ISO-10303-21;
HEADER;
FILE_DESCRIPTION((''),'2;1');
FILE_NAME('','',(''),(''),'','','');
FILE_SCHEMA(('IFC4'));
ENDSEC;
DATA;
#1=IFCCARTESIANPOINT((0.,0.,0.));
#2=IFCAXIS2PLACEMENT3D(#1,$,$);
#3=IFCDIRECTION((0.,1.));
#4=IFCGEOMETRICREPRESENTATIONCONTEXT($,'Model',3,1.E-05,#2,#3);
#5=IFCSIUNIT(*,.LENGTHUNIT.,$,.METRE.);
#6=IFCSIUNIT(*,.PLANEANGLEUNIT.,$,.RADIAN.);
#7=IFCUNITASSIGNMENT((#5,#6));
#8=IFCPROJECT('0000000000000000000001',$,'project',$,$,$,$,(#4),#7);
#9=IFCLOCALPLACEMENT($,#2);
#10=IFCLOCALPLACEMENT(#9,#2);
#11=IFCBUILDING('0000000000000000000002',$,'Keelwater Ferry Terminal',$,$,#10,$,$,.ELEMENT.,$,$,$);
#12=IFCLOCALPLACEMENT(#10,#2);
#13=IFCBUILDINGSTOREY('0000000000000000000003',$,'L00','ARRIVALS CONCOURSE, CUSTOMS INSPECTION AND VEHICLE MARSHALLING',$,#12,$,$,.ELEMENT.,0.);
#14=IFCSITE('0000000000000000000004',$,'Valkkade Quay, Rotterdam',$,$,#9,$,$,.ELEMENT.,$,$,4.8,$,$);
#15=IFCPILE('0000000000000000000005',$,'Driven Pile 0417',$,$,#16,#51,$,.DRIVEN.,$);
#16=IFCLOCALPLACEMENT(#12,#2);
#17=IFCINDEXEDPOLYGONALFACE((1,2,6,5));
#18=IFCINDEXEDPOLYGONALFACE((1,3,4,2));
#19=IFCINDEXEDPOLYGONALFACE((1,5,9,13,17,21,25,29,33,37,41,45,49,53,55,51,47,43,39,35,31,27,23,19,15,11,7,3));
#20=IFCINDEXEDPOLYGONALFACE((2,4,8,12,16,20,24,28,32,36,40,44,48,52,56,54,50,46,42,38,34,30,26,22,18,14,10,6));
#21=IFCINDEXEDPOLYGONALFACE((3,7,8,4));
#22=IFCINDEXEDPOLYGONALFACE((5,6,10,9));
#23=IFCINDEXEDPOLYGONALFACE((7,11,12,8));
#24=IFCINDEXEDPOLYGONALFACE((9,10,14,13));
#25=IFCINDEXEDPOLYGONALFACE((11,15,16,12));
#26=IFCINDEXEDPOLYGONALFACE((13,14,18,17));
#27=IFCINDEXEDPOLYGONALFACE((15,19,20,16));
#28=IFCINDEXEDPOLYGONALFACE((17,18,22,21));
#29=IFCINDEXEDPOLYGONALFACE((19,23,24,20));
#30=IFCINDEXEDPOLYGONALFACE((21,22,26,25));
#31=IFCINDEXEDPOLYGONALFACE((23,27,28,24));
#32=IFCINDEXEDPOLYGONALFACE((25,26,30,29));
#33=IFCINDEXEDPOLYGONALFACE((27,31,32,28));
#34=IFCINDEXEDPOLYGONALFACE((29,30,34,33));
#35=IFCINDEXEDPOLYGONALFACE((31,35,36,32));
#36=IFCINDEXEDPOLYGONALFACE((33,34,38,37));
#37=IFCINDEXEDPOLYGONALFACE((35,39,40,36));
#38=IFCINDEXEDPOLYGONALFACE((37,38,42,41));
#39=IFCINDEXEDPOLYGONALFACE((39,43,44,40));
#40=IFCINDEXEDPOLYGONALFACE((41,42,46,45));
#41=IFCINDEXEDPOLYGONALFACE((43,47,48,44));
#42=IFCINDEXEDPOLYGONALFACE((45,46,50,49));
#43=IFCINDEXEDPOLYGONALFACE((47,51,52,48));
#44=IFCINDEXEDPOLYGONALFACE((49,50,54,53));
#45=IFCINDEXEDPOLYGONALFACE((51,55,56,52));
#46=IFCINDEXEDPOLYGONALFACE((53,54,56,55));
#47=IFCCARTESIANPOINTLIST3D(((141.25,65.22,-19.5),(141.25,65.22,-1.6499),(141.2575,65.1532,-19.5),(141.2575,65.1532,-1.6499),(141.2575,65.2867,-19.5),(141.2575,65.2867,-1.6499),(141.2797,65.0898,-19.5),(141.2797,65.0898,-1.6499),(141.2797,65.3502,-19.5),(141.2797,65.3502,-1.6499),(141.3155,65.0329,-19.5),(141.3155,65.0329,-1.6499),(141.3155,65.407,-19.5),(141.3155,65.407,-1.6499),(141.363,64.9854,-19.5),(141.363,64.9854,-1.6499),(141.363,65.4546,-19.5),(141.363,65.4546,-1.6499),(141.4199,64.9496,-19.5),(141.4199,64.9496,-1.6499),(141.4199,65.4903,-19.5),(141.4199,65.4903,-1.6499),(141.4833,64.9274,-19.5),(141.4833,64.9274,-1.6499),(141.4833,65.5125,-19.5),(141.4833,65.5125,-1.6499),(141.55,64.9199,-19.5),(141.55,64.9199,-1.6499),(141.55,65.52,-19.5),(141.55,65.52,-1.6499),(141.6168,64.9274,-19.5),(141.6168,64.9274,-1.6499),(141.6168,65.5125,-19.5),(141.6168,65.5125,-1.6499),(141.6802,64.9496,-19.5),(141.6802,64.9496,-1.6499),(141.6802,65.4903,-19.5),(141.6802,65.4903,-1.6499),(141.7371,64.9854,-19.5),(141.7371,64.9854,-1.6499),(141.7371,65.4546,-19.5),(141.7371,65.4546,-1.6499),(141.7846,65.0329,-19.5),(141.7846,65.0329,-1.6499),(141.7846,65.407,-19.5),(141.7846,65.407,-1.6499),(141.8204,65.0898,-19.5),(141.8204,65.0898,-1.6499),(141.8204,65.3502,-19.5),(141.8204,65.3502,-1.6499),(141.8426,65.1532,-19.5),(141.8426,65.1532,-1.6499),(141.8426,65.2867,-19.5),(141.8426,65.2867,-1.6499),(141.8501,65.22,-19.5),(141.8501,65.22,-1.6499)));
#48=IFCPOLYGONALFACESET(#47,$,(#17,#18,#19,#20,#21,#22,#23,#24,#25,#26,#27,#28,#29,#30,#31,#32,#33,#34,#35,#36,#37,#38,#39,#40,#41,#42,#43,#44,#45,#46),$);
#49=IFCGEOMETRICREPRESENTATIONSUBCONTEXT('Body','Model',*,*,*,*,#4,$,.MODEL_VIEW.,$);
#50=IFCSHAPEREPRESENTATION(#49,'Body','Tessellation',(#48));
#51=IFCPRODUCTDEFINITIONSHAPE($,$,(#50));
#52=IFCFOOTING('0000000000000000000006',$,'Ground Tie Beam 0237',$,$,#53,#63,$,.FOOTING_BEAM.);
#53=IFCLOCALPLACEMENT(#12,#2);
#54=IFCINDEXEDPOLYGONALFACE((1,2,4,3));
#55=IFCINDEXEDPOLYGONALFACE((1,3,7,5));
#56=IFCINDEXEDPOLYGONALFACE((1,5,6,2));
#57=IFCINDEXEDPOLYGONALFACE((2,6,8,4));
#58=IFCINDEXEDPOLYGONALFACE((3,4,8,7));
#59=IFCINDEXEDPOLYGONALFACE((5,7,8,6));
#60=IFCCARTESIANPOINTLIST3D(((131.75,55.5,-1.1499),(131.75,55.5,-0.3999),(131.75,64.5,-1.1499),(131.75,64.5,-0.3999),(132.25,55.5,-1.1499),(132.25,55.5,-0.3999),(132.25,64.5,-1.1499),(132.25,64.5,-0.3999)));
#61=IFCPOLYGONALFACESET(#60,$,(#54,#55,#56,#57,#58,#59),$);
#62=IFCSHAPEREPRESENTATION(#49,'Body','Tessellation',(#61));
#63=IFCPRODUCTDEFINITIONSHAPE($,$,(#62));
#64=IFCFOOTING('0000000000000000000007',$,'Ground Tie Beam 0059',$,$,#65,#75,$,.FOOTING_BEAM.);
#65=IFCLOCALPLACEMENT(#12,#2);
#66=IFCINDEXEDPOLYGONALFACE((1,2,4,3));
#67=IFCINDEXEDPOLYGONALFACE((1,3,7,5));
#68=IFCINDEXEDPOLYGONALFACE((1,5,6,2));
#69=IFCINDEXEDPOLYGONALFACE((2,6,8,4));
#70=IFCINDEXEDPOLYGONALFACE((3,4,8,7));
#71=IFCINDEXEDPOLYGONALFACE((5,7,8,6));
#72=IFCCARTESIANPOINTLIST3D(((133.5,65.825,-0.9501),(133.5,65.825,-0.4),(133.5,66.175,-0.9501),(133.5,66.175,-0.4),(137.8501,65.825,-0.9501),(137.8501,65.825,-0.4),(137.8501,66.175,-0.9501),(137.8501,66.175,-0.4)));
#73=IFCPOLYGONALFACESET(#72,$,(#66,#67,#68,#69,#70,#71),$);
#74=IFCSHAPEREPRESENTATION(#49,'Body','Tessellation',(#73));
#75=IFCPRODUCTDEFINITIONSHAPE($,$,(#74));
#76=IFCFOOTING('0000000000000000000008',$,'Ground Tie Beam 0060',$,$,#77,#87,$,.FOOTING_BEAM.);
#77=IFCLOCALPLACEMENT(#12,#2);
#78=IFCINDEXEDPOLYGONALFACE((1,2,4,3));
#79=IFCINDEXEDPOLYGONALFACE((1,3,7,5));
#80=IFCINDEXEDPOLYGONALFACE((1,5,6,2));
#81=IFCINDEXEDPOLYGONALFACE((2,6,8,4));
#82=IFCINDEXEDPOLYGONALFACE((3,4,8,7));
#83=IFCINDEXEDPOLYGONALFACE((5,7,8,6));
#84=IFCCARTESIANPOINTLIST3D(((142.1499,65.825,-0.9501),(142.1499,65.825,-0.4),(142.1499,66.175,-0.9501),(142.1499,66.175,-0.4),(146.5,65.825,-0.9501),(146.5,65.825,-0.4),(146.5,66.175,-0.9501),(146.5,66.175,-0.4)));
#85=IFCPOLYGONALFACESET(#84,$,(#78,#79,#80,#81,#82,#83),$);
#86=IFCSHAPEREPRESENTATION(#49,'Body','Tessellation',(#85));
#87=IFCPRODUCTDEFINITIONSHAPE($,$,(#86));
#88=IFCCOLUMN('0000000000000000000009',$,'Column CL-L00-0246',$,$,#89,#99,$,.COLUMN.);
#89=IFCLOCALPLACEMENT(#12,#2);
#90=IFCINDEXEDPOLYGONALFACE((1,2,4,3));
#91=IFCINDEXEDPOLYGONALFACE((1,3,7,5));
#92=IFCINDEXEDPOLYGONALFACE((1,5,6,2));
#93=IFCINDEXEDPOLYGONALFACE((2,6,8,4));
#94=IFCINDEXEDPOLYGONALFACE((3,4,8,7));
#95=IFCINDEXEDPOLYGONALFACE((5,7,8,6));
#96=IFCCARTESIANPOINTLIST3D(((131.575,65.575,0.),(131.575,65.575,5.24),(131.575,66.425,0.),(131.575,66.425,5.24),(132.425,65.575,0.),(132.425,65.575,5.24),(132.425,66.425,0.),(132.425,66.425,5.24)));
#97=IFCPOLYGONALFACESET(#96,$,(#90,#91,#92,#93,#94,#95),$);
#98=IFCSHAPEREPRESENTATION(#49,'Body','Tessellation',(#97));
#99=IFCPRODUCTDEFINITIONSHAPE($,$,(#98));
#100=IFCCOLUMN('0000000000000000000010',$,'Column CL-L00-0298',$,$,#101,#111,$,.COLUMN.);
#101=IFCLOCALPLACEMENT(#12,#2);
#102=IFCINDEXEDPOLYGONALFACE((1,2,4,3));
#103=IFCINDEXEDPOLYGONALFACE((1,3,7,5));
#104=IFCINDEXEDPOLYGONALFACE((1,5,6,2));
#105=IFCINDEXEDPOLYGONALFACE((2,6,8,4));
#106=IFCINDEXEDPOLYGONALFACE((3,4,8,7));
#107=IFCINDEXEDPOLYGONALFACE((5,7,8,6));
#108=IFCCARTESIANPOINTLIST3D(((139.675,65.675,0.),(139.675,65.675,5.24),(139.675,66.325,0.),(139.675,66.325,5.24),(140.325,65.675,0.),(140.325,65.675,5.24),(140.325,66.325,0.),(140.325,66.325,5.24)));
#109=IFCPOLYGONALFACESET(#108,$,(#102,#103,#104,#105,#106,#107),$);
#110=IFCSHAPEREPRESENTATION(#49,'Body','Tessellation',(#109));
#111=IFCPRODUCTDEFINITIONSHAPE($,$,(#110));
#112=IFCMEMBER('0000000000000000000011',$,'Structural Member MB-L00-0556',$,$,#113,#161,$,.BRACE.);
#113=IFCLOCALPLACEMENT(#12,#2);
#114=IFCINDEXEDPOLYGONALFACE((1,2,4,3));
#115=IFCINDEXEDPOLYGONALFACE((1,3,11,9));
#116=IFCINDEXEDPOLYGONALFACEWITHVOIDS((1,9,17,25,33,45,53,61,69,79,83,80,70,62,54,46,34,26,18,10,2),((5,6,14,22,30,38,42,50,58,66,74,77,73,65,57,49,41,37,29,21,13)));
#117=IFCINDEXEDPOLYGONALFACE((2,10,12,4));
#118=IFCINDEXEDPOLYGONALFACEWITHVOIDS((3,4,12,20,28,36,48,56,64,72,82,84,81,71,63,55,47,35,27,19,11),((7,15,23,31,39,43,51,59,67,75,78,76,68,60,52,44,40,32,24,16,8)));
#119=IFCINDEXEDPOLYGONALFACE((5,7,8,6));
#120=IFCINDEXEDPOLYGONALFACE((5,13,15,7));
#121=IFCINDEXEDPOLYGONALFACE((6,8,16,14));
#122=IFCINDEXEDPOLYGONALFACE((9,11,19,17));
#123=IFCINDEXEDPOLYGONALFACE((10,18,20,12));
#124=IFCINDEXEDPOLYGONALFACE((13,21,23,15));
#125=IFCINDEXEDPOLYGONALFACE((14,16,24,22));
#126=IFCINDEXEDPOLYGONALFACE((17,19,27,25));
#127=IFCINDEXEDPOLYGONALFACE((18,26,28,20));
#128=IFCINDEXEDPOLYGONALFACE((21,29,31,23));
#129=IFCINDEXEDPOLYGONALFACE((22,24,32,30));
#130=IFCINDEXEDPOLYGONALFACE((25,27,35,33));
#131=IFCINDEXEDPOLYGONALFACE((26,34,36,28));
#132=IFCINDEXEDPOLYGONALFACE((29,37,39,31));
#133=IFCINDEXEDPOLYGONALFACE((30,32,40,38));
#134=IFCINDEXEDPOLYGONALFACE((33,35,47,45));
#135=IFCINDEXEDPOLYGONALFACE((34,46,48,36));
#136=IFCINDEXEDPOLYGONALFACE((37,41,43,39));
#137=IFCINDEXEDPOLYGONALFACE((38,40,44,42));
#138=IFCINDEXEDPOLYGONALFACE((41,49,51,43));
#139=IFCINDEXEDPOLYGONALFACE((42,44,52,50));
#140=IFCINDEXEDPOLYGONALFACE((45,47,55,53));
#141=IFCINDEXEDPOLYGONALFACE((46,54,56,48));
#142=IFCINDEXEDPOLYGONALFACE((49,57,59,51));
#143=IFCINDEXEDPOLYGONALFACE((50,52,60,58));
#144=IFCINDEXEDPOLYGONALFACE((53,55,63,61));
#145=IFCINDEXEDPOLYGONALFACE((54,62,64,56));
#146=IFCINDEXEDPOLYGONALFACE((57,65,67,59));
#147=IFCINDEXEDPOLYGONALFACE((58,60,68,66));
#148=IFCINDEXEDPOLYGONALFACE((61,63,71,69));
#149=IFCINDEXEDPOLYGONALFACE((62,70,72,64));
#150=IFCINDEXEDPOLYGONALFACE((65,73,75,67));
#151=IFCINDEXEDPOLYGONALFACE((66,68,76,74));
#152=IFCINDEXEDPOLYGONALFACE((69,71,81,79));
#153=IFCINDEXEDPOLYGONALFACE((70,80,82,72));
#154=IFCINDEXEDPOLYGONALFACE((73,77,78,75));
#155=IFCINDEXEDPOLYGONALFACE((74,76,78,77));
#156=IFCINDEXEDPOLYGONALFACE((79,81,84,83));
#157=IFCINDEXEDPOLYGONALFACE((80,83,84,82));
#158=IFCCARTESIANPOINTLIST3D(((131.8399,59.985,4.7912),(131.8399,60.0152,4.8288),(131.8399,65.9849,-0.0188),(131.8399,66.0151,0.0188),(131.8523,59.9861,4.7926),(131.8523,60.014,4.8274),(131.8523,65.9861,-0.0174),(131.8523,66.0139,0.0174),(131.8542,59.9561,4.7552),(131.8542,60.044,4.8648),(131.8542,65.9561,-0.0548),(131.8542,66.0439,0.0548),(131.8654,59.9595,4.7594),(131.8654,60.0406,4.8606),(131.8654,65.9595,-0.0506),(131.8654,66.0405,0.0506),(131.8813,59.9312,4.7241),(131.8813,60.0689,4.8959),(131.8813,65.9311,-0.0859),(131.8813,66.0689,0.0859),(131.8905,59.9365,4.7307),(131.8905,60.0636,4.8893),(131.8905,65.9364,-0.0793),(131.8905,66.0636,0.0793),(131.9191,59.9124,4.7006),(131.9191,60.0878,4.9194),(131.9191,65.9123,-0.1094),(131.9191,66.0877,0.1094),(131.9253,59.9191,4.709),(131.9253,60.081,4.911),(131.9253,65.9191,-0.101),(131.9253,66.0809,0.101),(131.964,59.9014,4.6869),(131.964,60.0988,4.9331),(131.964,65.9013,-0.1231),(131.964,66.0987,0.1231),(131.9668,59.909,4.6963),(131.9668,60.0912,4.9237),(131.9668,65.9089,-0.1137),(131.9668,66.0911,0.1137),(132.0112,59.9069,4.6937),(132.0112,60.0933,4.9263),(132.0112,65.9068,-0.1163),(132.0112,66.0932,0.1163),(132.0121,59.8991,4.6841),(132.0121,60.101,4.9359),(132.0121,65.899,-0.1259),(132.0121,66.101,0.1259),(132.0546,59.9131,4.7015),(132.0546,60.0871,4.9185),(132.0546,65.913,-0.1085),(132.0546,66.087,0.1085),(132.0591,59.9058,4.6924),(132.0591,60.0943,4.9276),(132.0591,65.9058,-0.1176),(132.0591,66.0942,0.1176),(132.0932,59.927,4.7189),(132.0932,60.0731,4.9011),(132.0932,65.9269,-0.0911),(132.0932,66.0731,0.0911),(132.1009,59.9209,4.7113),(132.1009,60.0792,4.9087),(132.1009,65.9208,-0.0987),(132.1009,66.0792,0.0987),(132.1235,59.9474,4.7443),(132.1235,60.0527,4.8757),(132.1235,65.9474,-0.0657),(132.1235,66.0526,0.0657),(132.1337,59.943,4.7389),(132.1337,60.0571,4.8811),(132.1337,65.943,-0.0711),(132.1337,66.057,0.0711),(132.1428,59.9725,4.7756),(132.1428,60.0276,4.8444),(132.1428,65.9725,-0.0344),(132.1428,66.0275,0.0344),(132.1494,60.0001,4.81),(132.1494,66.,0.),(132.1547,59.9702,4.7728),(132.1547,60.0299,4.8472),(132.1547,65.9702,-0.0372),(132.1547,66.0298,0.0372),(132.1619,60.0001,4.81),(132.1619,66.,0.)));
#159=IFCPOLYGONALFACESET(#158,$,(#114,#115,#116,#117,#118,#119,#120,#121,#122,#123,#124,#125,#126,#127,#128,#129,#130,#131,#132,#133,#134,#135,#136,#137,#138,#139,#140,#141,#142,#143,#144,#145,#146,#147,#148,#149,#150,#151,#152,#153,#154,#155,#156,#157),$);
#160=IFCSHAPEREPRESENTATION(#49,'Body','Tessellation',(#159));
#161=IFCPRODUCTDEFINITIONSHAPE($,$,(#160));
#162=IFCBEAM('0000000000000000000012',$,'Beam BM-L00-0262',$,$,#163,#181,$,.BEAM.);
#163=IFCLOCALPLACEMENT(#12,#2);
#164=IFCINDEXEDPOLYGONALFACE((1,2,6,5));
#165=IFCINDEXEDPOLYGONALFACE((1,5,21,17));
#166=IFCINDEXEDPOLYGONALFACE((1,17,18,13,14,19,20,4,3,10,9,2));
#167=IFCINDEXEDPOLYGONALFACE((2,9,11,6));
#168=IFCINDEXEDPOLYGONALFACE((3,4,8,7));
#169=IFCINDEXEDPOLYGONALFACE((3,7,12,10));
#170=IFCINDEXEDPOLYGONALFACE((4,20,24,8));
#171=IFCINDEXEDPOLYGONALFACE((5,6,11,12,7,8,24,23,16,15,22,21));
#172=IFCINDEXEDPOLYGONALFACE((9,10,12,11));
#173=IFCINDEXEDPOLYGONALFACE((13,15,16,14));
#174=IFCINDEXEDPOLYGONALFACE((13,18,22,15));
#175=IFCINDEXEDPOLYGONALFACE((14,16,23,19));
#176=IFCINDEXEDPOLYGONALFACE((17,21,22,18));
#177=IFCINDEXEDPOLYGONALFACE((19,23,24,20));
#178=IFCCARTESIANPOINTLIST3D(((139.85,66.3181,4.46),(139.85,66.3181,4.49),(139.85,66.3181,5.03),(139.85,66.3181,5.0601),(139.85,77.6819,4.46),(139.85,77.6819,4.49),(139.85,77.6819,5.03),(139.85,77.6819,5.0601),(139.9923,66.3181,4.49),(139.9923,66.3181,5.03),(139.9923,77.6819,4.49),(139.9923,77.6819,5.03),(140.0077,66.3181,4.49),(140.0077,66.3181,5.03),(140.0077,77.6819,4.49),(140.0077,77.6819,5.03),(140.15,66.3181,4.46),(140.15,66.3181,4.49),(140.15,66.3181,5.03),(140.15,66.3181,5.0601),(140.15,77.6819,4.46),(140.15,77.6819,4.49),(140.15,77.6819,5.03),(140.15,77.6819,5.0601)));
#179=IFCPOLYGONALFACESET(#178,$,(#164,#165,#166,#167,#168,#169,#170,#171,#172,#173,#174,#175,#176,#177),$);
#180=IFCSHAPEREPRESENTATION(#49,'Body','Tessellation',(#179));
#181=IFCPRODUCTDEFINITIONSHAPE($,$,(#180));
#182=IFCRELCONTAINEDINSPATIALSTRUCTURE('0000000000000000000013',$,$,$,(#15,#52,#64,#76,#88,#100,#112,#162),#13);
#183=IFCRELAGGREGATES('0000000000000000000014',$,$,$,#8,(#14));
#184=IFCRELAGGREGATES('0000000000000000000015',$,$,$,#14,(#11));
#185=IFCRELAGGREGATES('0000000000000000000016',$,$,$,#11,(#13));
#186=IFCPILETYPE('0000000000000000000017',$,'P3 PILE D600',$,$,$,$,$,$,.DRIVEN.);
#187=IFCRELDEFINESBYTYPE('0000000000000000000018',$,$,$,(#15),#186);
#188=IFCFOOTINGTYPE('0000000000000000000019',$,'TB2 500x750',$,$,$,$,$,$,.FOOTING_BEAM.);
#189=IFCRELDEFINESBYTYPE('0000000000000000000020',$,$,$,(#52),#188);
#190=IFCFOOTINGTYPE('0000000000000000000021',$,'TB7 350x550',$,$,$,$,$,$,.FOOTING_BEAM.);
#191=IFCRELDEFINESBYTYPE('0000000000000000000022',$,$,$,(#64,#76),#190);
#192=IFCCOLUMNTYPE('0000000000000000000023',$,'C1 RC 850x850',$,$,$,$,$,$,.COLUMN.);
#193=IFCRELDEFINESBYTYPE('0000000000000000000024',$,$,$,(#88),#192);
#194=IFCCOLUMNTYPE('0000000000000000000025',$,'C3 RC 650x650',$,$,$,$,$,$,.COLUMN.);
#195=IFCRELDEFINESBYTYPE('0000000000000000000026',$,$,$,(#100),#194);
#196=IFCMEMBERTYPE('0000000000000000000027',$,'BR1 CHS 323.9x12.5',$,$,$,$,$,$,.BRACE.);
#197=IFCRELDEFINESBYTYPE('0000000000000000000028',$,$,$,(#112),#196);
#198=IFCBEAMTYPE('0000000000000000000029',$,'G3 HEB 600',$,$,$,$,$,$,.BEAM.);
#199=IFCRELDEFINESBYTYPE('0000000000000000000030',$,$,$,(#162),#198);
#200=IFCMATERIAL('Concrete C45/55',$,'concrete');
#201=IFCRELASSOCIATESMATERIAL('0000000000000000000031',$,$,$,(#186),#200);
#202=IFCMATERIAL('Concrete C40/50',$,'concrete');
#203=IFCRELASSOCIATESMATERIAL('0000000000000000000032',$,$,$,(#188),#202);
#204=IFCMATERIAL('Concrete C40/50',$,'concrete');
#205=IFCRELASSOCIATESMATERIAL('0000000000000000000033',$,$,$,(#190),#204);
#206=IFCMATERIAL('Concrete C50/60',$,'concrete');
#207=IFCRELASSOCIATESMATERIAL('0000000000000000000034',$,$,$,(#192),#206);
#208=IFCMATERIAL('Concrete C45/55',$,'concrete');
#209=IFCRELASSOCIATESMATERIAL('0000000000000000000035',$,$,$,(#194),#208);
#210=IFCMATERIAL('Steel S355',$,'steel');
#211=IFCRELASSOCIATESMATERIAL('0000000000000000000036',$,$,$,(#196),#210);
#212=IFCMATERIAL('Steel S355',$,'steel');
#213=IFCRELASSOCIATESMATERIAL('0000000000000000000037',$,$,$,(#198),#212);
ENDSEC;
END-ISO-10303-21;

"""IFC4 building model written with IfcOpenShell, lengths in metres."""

from ifc_helpers import new_model, si_unit, direction, frame, origin, origin_2d, place, context, subcontext, project, spatial, rectangle, circle, hollow_circle, i_section, extrude, material, material_profile, profile_set, type_object, element, save


model = new_model("IFC4")

# Units and contexts
model_context = context("Model", 3, precision=1e-05, world=origin(), true_north=direction((0.0, 1.0)))
body_context = subcontext(model_context, "Body", "Model", "MODEL_VIEW")
ifc_project = project(units=[si_unit("LENGTHUNIT", "METRE"), si_unit("PLANEANGLEUNIT", "RADIAN")], contexts=[model_context])

# Site, building, storey
site_placement = place(None, origin())
site = spatial("IfcSite", under=ifc_project, at=site_placement, Name="Valkkade Quay, Rotterdam", CompositionType="ELEMENT", RefElevation=4.8)
building_placement = place(site_placement, origin())
building = spatial("IfcBuilding", under=site, at=building_placement, Name="Keelwater Ferry Terminal", CompositionType="ELEMENT")
storey_placement = place(building_placement, origin())
storey = spatial("IfcBuildingStorey", under=building, at=storey_placement, Name="L00", Description="ARRIVALS CONCOURSE, CUSTOMS INSPECTION AND VEHICLE MARSHALLING", CompositionType="ELEMENT", Elevation=0.0)

# Pile
ifc_material_1 = material(Name="Concrete C45/55", Category="concrete")
ifc_material_profile_1 = material_profile(ifc_material_1, circle(Radius=0.3, at=origin_2d()), Name="PILE D600")
ifc_profile_set_1 = profile_set([ifc_material_profile_1], Name="Concrete C45/55")
pile_type_1 = type_object("IfcPileType", Name="P3 PILE D600", PredefinedType="DRIVEN", material=ifc_profile_set_1)
for number, where, z_axis, x_axis, name in (
    (1, (141.55, 65.22, -1.6499), (0.0, 0.0, -1.0), (1.0, 0.0, 0.0), "Driven Pile 0417"),
):
    element("IfcPile", number, at=place(storey_placement, frame(where, z_axis=z_axis, x_axis=x_axis)), inside=storey, type_object=pile_type_1, Name=name, PredefinedType="DRIVEN", context=body_context, shape_type="SweptSolid", body=[
        extrude(circle(Radius=0.3, at=origin_2d()), origin(), (0.0, 0.0, 1.0), 17.8501),
    ])

# Footings
ifc_material_2 = material(Name="Concrete C40/50", Category="concrete")
ifc_material_profile_2 = material_profile(ifc_material_2, rectangle(XDim=0.5, YDim=0.75, at=origin_2d()), Name="TB 500x750")
ifc_profile_set_2 = profile_set([ifc_material_profile_2], Name="Concrete C40/50")
footing_type_1 = type_object("IfcFootingType", Name="TB2 500x750", PredefinedType="FOOTING_BEAM", material=ifc_profile_set_2)
footing_placement = place(storey_placement, frame((132.0, 55.5, -0.7749), z_axis=(0.0, 1.0, 0.0), x_axis=(-1.0, 0.0, 0.0)))
element("IfcFooting", 2, at=footing_placement, inside=storey, type_object=footing_type_1, Name="Ground Tie Beam 0237", PredefinedType="FOOTING_BEAM", context=body_context, shape_type="SweptSolid", body=[
    extrude(rectangle(XDim=0.5, YDim=0.75, at=origin_2d()), origin(), (0.0, 0.0, 1.0), 9.0),
])
ifc_material_3 = material(Name="Concrete C40/50", Category="concrete")
ifc_material_profile_3 = material_profile(ifc_material_3, rectangle(XDim=0.3501, YDim=0.55, at=origin_2d()), Name="TB 350x550")
ifc_profile_set_3 = profile_set([ifc_material_profile_3], Name="Concrete C40/50")
footing_type_2 = type_object("IfcFootingType", Name="TB7 350x550", PredefinedType="FOOTING_BEAM", material=ifc_profile_set_3)
for number, where, z_axis, x_axis, name in (
    (3, (133.5, 66.0, -0.675), (1.0, 0.0, 0.0), (0.0, 1.0, 0.0), "Ground Tie Beam 0059"),
    (4, (142.1499, 66.0, -0.675), (1.0, 0.0, 0.0), (0.0, 1.0, 0.0), "Ground Tie Beam 0060"),
):
    element("IfcFooting", number, at=place(storey_placement, frame(where, z_axis=z_axis, x_axis=x_axis)), inside=storey, type_object=footing_type_2, Name=name, PredefinedType="FOOTING_BEAM", context=body_context, shape_type="SweptSolid", body=[
        extrude(rectangle(XDim=0.3501, YDim=0.55, at=origin_2d()), origin(), (0.0, 0.0, 1.0), 4.3501),
    ])

# Columns
ifc_material_4 = material(Name="Concrete C50/60", Category="concrete")
ifc_material_profile_4 = material_profile(ifc_material_4, rectangle(XDim=0.8501, YDim=0.8501, at=origin_2d()), Name="RC 850x850")
ifc_profile_set_4 = profile_set([ifc_material_profile_4], Name="Concrete C50/60")
column_type_1 = type_object("IfcColumnType", Name="C1 RC 850x850", PredefinedType="COLUMN", material=ifc_profile_set_4)
column_1_placement = place(storey_placement, frame((132.0, 66.0, 0.0), z_axis=(0.0, 0.0, 1.0), x_axis=(1.0, 0.0, 0.0)))
element("IfcColumn", 5, at=column_1_placement, inside=storey, type_object=column_type_1, Name="Column CL-L00-0246", PredefinedType="COLUMN", context=body_context, shape_type="SweptSolid", body=[
    extrude(rectangle(XDim=0.8501, YDim=0.8501, at=origin_2d()), origin(), (0.0, 0.0, 1.0), 5.24),
])
ifc_material_5 = material(Name="Concrete C45/55", Category="concrete")
ifc_material_profile_5 = material_profile(ifc_material_5, rectangle(XDim=0.6499, YDim=0.6499, at=origin_2d()), Name="RC 650x650")
ifc_profile_set_5 = profile_set([ifc_material_profile_5], Name="Concrete C45/55")
column_type_2 = type_object("IfcColumnType", Name="C3 RC 650x650", PredefinedType="COLUMN", material=ifc_profile_set_5)
column_2_placement = place(storey_placement, frame((140.0, 66.0, 0.0), z_axis=(0.0, 0.0, 1.0), x_axis=(1.0, 0.0, 0.0)))
element("IfcColumn", 6, at=column_2_placement, inside=storey, type_object=column_type_2, Name="Column CL-L00-0298", PredefinedType="COLUMN", context=body_context, shape_type="SweptSolid", body=[
    extrude(rectangle(XDim=0.6499, YDim=0.6499, at=origin_2d()), origin(), (0.0, 0.0, 1.0), 5.24),
])

# Member
ifc_material_6 = material(Name="Steel S355", Category="steel")
ifc_material_profile_6 = material_profile(ifc_material_6, hollow_circle(Radius=0.1619, WallThickness=0.0125, at=origin_2d()), Name="CHS 323.9x12.5")
ifc_profile_set_6 = profile_set([ifc_material_profile_6], Name="Steel S355")
member_type = type_object("IfcMemberType", Name="BR1 CHS 323.9x12.5", PredefinedType="BRACE", material=ifc_profile_set_6)
member_placement = place(storey_placement, frame((132.0, 66.0, 0.0), z_axis=(0.0, -0.78023, 0.625492), x_axis=(1.0, 0.0, 0.0)))
element("IfcMember", 7, at=member_placement, inside=storey, type_object=member_type, Name="Structural Member MB-L00-0556", PredefinedType="BRACE", context=body_context, shape_type="SweptSolid", body=[
    extrude(hollow_circle(Radius=0.1619, WallThickness=0.0125, at=origin_2d()), origin(), (0.0, 0.0, 1.0), 7.6899),
])

# Beam
ifc_material_7 = material(Name="Steel S355", Category="steel")
ifc_material_profile_7 = material_profile(ifc_material_7, i_section(OverallWidth=0.3, OverallDepth=0.6001, WebThickness=0.0154, FlangeThickness=0.03, at=origin_2d()), Name="HEB 600")
ifc_profile_set_7 = profile_set([ifc_material_profile_7], Name="Steel S355")
beam_type_1 = type_object("IfcBeamType", Name="G3 HEB 600", PredefinedType="BEAM", material=ifc_profile_set_7)
beam_1_placement = place(storey_placement, frame((140.0, 66.3181, 4.76), z_axis=(0.0, 1.0, 0.0), x_axis=(-1.0, 0.0, 0.0)))
element("IfcBeam", 8, at=beam_1_placement, inside=storey, type_object=beam_type_1, Name="Beam BM-L00-0262", PredefinedType="BEAM", context=body_context, shape_type="SweptSolid", body=[
    extrude(i_section(OverallWidth=0.3, OverallDepth=0.6001, WebThickness=0.0154, FlangeThickness=0.03, at=origin_2d()), origin(), (0.0, 0.0, 1.0), 11.3638),
])

save(model, "model.ifc")
